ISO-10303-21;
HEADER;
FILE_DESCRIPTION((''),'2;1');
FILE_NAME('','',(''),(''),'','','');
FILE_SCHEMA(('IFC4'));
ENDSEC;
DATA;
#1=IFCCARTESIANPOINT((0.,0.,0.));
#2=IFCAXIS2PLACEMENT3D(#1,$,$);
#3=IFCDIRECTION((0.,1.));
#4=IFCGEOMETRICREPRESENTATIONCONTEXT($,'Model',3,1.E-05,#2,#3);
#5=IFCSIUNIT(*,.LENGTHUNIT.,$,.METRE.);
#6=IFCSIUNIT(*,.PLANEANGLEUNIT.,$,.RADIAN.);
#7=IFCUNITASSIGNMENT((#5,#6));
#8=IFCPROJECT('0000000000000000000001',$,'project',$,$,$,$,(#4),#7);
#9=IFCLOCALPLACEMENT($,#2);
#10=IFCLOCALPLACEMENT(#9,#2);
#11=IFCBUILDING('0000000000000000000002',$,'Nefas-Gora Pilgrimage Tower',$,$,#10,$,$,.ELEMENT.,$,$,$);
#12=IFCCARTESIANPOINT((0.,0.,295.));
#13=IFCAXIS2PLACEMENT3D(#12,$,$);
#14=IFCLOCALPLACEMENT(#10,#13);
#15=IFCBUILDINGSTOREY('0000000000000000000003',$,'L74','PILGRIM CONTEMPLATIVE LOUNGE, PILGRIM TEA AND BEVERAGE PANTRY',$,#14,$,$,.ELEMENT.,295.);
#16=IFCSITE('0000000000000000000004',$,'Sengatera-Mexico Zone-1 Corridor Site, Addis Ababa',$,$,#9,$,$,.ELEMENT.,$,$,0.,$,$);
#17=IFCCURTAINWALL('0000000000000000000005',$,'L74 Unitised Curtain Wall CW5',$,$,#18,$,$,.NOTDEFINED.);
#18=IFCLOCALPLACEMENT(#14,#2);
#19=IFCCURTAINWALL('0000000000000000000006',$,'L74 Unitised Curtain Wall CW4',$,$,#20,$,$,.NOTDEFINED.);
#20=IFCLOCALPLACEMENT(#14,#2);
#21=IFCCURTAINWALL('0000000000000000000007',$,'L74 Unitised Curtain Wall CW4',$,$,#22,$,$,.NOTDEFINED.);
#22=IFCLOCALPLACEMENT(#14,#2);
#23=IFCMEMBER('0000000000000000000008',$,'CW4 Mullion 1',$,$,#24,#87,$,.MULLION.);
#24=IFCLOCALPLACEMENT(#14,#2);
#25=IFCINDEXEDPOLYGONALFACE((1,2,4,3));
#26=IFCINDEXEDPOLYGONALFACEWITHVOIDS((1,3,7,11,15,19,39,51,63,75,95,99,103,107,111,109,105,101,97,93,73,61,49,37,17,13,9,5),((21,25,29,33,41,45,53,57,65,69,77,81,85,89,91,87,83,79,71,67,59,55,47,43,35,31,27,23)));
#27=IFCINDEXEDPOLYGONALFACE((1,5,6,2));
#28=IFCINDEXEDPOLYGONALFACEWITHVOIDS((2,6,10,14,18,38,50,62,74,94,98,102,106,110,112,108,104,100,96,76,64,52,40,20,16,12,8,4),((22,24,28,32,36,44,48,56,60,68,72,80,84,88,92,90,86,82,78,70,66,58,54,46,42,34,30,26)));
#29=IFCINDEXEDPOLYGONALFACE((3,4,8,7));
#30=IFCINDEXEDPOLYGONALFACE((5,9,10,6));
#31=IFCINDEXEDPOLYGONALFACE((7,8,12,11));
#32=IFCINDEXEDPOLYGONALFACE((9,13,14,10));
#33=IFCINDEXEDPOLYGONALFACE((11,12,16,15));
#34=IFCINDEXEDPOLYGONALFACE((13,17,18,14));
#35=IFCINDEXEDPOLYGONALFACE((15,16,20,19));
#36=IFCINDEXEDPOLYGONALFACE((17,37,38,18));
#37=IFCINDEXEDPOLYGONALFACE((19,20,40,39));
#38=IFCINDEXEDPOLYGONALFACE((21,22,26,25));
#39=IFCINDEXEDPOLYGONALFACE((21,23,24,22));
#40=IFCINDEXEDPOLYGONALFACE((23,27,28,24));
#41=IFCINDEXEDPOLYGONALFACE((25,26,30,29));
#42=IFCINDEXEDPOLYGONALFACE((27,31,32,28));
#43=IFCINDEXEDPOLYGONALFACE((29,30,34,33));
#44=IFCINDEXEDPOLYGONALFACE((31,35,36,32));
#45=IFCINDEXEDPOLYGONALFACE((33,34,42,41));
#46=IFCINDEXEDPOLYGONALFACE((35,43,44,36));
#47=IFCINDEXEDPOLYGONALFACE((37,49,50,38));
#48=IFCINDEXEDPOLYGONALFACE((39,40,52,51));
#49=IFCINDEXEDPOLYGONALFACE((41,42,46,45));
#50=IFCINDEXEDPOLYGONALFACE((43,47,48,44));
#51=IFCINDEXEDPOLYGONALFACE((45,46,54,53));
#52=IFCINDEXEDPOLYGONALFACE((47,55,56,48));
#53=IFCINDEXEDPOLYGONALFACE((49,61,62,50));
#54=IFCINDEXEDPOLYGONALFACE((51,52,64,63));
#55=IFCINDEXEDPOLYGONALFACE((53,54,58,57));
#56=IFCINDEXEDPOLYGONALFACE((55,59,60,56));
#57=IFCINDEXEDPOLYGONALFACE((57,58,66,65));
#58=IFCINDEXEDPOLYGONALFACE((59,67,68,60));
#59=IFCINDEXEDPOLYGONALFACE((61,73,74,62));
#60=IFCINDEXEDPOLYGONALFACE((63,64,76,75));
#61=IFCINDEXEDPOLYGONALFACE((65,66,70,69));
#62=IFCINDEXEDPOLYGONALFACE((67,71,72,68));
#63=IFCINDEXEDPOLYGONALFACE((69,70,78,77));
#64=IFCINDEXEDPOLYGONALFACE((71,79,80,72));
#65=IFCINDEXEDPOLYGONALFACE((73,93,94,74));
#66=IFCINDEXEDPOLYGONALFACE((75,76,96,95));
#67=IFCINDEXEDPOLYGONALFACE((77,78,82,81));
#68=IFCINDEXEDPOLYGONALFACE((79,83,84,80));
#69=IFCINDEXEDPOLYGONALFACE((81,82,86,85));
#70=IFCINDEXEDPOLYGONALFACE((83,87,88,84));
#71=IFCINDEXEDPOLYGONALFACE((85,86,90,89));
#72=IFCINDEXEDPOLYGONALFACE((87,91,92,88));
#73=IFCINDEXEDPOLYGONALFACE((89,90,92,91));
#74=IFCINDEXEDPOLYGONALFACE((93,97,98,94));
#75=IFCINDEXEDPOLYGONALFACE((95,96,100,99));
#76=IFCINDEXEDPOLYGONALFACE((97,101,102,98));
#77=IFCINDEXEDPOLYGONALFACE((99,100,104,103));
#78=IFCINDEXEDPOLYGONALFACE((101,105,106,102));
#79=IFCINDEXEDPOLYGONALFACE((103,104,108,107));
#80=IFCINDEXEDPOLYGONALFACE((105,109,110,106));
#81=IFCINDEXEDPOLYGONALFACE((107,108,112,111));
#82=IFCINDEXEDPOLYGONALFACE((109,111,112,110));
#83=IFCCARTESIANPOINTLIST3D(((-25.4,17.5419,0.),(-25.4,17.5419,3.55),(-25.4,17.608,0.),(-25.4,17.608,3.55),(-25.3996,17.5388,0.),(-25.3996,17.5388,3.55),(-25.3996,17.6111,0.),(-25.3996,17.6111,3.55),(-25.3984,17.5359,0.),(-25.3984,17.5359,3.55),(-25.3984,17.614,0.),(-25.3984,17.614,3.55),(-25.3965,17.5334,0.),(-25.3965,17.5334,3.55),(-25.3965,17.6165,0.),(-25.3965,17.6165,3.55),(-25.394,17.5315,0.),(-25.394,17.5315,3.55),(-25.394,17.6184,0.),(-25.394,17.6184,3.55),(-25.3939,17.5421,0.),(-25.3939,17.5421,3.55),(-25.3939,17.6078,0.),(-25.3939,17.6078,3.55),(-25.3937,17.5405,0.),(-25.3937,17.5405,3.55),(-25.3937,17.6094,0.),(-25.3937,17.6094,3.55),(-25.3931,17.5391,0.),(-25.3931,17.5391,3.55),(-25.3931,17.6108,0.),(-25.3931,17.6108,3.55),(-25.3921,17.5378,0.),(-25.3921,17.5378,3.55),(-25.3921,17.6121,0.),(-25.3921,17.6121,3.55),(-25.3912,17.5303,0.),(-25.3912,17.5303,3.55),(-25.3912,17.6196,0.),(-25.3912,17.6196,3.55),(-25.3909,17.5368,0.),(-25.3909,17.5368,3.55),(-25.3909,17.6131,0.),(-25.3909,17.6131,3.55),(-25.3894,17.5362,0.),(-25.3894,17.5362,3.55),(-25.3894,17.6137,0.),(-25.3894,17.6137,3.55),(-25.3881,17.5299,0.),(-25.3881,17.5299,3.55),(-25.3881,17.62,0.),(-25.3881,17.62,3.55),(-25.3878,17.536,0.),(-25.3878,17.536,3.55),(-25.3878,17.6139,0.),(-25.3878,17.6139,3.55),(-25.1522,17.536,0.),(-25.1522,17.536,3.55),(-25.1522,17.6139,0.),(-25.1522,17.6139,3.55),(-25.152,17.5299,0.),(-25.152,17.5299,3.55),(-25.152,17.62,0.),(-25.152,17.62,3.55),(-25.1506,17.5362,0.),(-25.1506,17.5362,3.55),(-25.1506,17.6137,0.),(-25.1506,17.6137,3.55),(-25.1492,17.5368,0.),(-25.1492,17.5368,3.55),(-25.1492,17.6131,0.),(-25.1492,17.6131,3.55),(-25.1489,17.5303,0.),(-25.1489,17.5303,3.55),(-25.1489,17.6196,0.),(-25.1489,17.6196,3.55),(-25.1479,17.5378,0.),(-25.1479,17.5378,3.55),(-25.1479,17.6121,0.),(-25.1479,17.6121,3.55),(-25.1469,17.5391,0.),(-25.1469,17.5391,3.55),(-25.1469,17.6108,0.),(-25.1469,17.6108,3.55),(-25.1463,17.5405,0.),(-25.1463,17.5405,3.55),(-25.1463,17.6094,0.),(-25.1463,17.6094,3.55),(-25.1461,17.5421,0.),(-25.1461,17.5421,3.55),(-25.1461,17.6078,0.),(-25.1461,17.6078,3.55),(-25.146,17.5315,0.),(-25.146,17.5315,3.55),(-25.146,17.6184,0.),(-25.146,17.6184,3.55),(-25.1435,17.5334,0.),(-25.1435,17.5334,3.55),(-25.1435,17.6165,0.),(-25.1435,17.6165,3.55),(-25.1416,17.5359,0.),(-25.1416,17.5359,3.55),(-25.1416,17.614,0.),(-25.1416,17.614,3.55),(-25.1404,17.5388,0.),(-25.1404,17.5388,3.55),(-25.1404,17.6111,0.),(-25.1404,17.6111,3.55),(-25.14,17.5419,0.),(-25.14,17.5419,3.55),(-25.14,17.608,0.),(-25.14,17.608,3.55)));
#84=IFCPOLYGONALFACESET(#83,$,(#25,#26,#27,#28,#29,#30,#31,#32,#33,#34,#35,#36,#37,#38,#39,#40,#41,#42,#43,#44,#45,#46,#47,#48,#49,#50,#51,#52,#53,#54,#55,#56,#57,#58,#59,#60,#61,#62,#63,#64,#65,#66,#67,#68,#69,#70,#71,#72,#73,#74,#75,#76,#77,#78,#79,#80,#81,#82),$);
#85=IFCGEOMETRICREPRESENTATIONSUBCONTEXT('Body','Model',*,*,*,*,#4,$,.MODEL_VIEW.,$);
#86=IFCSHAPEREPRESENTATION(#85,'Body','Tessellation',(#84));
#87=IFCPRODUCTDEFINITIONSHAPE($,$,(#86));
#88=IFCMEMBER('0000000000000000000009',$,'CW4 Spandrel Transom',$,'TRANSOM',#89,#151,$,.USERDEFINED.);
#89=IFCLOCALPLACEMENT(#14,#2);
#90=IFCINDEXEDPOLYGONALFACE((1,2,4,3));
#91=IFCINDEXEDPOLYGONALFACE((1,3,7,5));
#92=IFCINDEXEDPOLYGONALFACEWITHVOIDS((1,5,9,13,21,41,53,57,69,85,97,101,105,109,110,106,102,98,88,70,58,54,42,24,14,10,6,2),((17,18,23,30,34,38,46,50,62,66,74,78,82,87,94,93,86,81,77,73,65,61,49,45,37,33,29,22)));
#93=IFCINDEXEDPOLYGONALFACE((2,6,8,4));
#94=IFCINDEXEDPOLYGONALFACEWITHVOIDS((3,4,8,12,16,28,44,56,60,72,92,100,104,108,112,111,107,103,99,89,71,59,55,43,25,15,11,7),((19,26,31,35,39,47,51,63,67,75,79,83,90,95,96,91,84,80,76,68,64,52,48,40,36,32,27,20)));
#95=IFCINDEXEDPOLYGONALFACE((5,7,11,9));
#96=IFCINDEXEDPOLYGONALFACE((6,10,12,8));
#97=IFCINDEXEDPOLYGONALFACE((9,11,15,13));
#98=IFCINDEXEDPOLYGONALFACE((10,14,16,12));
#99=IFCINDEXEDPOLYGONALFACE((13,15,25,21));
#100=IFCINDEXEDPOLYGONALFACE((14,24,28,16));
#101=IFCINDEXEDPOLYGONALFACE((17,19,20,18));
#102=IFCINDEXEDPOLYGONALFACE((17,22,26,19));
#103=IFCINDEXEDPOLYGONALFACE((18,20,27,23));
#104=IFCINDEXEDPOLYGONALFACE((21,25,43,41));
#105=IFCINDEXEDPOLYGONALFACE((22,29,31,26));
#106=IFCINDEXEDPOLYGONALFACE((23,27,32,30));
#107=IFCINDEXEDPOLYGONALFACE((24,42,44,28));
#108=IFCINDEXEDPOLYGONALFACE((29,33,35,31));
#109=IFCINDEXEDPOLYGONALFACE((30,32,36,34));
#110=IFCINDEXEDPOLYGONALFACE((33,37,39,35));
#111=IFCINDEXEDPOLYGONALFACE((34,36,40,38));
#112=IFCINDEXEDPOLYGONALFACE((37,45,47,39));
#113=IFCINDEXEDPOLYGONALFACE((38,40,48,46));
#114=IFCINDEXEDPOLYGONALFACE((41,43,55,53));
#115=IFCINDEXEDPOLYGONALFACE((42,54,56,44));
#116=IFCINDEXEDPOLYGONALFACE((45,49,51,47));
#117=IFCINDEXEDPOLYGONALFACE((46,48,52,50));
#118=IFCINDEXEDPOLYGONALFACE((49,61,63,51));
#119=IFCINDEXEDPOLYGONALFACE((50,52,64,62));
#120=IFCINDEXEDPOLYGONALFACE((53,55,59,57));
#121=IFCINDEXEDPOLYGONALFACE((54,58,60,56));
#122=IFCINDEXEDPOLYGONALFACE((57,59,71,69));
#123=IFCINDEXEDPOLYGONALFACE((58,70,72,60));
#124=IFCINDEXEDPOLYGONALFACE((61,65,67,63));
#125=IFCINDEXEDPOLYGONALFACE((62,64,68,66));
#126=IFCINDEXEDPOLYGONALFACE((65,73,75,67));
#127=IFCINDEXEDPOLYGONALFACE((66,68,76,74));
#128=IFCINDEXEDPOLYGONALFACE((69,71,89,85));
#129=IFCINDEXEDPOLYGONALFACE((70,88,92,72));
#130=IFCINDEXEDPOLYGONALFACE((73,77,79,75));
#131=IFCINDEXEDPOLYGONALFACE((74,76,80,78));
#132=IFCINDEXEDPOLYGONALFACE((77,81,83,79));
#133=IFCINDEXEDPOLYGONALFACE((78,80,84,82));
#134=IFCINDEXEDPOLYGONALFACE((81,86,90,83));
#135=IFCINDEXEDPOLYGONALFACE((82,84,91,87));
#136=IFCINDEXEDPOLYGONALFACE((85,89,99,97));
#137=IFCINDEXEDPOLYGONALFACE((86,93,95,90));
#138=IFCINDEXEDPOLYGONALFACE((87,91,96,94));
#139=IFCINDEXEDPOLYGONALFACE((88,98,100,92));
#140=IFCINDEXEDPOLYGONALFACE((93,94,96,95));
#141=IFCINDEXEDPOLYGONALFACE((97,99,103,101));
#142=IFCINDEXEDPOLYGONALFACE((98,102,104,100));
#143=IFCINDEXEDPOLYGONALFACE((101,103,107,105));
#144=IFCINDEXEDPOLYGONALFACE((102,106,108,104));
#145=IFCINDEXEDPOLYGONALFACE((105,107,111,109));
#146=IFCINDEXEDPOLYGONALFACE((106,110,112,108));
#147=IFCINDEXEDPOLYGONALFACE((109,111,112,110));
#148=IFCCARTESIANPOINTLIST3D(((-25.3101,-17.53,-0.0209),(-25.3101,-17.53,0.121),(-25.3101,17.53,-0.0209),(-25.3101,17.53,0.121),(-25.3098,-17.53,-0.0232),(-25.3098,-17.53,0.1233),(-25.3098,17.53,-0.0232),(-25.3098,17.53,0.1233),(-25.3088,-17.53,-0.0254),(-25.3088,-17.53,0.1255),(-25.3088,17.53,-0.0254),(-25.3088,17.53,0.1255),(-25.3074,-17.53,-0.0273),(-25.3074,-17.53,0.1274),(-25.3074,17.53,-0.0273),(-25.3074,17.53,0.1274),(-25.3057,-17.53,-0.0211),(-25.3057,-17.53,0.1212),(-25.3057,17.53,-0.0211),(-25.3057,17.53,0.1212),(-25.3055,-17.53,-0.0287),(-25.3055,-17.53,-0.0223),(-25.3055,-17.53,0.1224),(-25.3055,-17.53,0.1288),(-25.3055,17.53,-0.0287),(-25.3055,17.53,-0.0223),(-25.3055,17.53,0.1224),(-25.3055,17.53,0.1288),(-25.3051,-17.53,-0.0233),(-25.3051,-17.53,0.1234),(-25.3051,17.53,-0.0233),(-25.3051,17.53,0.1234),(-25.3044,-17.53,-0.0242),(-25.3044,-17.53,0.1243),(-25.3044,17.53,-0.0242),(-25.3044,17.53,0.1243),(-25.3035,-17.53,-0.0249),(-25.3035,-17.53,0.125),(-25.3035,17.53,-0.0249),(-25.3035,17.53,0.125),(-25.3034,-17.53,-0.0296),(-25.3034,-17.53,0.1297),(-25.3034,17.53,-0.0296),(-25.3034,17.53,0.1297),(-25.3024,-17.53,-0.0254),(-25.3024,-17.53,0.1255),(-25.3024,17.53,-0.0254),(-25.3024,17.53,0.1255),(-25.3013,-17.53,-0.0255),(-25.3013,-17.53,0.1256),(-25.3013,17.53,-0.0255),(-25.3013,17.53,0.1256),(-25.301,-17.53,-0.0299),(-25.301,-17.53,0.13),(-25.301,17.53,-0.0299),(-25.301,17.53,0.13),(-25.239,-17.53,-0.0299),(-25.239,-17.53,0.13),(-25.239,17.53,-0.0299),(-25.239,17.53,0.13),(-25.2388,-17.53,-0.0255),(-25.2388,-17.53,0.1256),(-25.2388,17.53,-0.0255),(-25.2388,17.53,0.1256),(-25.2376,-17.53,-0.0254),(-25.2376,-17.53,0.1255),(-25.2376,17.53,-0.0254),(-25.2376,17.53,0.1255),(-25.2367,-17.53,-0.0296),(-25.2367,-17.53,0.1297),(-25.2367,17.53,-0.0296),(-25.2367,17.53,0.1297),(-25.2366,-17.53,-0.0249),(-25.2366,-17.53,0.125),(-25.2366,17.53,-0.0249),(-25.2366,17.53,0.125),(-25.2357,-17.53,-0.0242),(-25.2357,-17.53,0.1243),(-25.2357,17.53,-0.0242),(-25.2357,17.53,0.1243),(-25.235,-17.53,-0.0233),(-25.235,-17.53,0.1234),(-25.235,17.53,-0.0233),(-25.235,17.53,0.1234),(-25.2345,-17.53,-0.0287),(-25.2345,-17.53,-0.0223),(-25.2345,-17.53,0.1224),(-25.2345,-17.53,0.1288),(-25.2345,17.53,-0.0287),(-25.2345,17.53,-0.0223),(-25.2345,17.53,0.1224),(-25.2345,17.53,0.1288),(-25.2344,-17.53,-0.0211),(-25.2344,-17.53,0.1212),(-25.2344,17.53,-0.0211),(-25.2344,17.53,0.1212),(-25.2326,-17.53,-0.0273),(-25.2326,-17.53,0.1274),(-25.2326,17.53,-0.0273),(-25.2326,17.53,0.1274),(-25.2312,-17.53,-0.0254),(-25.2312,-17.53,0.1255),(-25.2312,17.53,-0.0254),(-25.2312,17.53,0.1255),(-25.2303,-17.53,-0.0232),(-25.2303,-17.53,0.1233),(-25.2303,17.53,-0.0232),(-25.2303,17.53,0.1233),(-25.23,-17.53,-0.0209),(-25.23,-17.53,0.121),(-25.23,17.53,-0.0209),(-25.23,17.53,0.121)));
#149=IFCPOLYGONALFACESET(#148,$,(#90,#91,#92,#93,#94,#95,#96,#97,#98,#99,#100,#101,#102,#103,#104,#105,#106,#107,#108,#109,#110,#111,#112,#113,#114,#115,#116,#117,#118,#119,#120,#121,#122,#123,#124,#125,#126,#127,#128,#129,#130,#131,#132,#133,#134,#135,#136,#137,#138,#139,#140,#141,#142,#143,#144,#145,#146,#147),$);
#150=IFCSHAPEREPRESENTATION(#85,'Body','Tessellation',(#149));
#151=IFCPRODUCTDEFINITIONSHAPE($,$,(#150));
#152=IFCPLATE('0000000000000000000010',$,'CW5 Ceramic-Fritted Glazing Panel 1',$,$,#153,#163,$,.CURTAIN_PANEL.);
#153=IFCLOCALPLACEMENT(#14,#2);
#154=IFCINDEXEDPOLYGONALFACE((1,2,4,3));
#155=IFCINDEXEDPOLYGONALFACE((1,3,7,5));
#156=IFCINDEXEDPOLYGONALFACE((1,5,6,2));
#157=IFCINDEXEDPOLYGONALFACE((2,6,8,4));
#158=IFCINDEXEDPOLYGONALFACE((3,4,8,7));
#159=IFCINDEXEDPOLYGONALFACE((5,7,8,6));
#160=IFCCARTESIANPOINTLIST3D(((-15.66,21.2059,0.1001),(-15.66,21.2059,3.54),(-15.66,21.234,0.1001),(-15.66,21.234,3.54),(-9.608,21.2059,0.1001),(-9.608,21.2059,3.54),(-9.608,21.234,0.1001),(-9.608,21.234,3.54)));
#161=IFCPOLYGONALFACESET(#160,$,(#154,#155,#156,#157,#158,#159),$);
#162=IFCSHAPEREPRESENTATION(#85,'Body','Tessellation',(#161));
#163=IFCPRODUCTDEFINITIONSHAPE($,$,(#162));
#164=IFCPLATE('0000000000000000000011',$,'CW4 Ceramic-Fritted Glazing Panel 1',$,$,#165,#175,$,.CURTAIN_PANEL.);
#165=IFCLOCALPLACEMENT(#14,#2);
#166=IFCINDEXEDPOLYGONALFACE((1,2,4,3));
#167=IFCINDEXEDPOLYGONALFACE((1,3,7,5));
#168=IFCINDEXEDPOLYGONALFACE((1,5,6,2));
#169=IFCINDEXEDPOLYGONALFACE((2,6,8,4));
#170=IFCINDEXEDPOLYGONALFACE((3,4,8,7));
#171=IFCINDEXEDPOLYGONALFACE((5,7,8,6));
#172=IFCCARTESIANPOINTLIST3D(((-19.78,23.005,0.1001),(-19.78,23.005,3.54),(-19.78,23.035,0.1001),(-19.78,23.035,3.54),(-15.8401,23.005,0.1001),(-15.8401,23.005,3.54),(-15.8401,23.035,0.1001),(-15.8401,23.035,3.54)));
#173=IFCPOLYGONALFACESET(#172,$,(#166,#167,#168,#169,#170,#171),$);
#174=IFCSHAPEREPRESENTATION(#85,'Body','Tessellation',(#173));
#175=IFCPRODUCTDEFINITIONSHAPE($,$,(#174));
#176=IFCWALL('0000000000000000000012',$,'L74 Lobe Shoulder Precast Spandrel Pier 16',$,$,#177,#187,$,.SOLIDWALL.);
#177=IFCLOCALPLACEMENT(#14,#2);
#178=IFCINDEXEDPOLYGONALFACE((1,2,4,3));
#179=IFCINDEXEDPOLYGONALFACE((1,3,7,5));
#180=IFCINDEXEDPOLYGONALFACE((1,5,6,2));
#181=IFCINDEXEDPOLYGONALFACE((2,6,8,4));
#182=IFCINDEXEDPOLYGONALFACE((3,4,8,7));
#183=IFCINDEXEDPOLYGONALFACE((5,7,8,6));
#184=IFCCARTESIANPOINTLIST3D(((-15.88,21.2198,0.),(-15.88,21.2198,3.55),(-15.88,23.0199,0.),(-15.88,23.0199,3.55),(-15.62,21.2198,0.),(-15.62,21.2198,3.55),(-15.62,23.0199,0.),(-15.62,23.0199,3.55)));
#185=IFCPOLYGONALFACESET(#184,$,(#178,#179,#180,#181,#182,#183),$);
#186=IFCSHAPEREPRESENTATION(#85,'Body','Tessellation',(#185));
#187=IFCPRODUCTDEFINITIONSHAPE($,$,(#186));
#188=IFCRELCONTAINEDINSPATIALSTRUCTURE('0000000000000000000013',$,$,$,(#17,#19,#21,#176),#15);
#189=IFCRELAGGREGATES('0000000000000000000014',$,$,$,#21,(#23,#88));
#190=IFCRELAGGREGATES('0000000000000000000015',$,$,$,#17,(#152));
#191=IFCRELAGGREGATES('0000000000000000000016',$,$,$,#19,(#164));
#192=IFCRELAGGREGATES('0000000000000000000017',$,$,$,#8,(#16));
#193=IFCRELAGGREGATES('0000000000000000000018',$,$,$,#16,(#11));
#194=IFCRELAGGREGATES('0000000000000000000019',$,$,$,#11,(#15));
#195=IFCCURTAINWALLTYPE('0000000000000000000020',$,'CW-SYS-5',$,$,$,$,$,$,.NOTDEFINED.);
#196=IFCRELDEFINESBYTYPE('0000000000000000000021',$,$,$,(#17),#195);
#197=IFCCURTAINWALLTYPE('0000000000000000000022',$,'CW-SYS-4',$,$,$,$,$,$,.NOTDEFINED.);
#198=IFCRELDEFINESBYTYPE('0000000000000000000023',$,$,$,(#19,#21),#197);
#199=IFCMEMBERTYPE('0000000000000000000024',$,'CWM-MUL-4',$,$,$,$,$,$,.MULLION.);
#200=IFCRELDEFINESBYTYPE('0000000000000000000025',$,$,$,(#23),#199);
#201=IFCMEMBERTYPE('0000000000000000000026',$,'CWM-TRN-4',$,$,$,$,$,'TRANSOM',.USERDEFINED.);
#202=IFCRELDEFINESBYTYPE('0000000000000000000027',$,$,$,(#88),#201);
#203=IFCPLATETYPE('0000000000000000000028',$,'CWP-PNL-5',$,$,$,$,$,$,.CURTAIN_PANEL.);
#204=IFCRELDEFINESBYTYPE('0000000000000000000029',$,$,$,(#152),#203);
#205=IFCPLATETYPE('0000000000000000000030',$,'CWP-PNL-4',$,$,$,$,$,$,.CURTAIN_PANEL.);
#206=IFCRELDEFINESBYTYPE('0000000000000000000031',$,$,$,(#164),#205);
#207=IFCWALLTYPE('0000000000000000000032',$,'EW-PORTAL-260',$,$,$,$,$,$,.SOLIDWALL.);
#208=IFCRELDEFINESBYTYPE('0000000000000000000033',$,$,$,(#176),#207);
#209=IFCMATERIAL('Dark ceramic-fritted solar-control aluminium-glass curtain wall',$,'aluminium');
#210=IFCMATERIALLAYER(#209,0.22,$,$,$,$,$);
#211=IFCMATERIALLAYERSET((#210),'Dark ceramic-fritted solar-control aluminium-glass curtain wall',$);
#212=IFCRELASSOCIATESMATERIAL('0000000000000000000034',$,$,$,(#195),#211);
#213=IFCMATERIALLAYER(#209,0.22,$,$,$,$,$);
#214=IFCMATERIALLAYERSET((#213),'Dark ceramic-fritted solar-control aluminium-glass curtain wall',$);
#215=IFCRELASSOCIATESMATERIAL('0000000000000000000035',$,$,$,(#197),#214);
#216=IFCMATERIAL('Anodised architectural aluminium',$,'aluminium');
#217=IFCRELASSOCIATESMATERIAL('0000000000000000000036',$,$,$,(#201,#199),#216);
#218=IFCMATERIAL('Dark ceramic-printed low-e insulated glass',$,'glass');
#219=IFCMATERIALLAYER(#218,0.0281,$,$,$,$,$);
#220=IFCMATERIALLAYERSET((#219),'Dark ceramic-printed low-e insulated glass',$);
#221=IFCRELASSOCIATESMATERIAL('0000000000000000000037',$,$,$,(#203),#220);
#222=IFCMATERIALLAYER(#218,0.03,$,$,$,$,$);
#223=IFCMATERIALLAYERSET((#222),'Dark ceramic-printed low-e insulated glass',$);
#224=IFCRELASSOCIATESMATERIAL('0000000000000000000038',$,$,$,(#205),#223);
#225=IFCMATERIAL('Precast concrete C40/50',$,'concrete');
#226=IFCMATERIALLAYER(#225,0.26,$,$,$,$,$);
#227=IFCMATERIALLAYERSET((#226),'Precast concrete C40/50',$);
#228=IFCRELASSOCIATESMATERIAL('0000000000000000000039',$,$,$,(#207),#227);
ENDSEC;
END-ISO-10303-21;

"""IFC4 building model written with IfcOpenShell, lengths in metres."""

from ifc_helpers import new_model, si_unit, direction, frame, frame_2d, origin, origin_2d, place, context, subcontext, project, spatial, rectangle, hollow_rectangle, extrude, source, transform, mapped, material, layer, layer_set, material_profile, profile_set, type_object, element, aggregate, save


model = new_model("IFC4")

# Units and contexts
model_context = context("Model", 3, precision=1e-05, world=origin(), true_north=direction((0.0, 1.0)))
body_context = subcontext(model_context, "Body", "Model", "MODEL_VIEW")
ifc_project = project(units=[si_unit("LENGTHUNIT", "METRE"), si_unit("PLANEANGLEUNIT", "RADIAN")], contexts=[model_context])

# Site, building, storey
site_placement = place(None, origin())
site = spatial("IfcSite", under=ifc_project, at=site_placement, Name="Sengatera-Mexico Zone-1 Corridor Site, Addis Ababa", CompositionType="ELEMENT", RefElevation=0.0)
building_placement = place(site_placement, origin())
building = spatial("IfcBuilding", under=site, at=building_placement, Name="Nefas-Gora Pilgrimage Tower", CompositionType="ELEMENT")
storey_placement = place(building_placement, frame((0.0, 0.0, 295.0)))
storey = spatial("IfcBuildingStorey", under=building, at=storey_placement, Name="L74", Description="PILGRIM CONTEMPLATIVE LOUNGE, PILGRIM TEA AND BEVERAGE PANTRY", CompositionType="ELEMENT", Elevation=295.0)

# Curtain wall
ifc_material_1 = material(Name="Dark ceramic-fritted solar-control aluminium-glass curtain wall", Category="aluminium")
ifc_layer_1 = layer(ifc_material_1, 0.22)
ifc_layer_set_1 = layer_set([ifc_layer_1], Name="Dark ceramic-fritted solar-control aluminium-glass curtain wall")
curtain_wall_type_1 = type_object("IfcCurtainWallType", Name="CW-SYS-5", PredefinedType="NOTDEFINED", material=ifc_layer_set_1)
curtain_wall_1_placement = place(storey_placement, origin())
curtain_wall_1 = element("IfcCurtainWall", 1, at=curtain_wall_1_placement, inside=storey, type_object=curtain_wall_type_1, Name="L74 Unitised Curtain Wall CW5", PredefinedType="NOTDEFINED")
ifc_material_2 = material(Name="Anodised architectural aluminium", Category="aluminium")

# Curtain walls, members
ifc_layer_2 = layer(ifc_material_1, 0.22)
ifc_layer_set_2 = layer_set([ifc_layer_2], Name="Dark ceramic-fritted solar-control aluminium-glass curtain wall")
curtain_wall_type_2 = type_object("IfcCurtainWallType", Name="CW-SYS-4", PredefinedType="NOTDEFINED", material=ifc_layer_set_2)
curtain_wall_2_placement = place(storey_placement, origin())
curtain_wall_2 = element("IfcCurtainWall", 2, at=curtain_wall_2_placement, inside=storey, type_object=curtain_wall_type_2, Name="L74 Unitised Curtain Wall CW4", PredefinedType="NOTDEFINED")
ifc_material_profile_1 = material_profile(ifc_material_2, hollow_rectangle(XDim=0.0801, YDim=0.1599, WallThickness=0.0044, InnerFilletRadius=0.0044, OuterFilletRadius=0.009, at=origin_2d()), Name="ALU TRANSOM 80x160")
ifc_profile_set_1 = profile_set([ifc_material_profile_1], Name="Anodised architectural aluminium")
member_type_1 = type_object("IfcMemberType", Name="CWM-TRN-4", ElementType="TRANSOM", PredefinedType="USERDEFINED", material=ifc_profile_set_1)
ifc_material_profile_2 = material_profile(ifc_material_2, hollow_rectangle(XDim=0.0901, YDim=0.26, WallThickness=0.0061, InnerFilletRadius=0.0061, OuterFilletRadius=0.012, at=origin_2d()), Name="ALU MULLION 90x260")
ifc_profile_set_2 = profile_set([ifc_material_profile_2], Name="Anodised architectural aluminium")
member_type_2 = type_object("IfcMemberType", Name="CWM-MUL-4", PredefinedType="MULLION", material=ifc_profile_set_2)
shared_shape_1 = source(origin(), body_context, "Body", "SweptSolid", [
    extrude(hollow_rectangle(XDim=0.0901, YDim=0.26, WallThickness=0.0061, InnerFilletRadius=0.0061, OuterFilletRadius=0.012, at=origin_2d()), origin(), (0.0, 0.0, 1.0), 3.55),
])
curtain_wall_3_placement = place(storey_placement, origin())
curtain_wall_3 = element("IfcCurtainWall", 3, at=curtain_wall_3_placement, inside=storey, type_object=curtain_wall_type_2, Name="L74 Unitised Curtain Wall CW4", PredefinedType="NOTDEFINED")
member_1_placement = place(storey_placement, frame((-25.27, 17.575, 0.0), z_axis=(0.0, 0.0, 1.0), x_axis=(0.0, -1.0, 0.0)))
member_1 = element("IfcMember", 4, at=member_1_placement, type_object=member_type_2, Name="CW4 Mullion 1", PredefinedType="MULLION", context=body_context, shape_type="MappedRepresentation", body=[
    mapped(shared_shape_1, transform((0.0, 0.0, 0.0), x_axis=(1.0, 0.0, 0.0), y_axis=(0.0, 1.0, 0.0), z_axis=(0.0, 0.0, 1.0), scale=1.0)),
])
shared_shape_2 = source(origin(), body_context, "Body", "SweptSolid", [
    extrude(hollow_rectangle(XDim=0.0801, YDim=0.1599, WallThickness=0.0044, InnerFilletRadius=0.0044, OuterFilletRadius=0.009, at=origin_2d()), origin(), (0.0, 0.0, 1.0), 35.0601),
])
member_2_placement = place(storey_placement, frame((-25.27, 17.53, 0.05), z_axis=(0.0, -1.0, 0.0), x_axis=(1.0, 0.0, 0.0)))
member_2 = element("IfcMember", 5, at=member_2_placement, type_object=member_type_1, Name="CW4 Spandrel Transom", ObjectType="TRANSOM", PredefinedType="USERDEFINED", context=body_context, shape_type="MappedRepresentation", body=[
    mapped(shared_shape_2, transform((0.0, 0.0, 0.0), x_axis=(1.0, 0.0, 0.0), y_axis=(0.0, 1.0, 0.0), z_axis=(0.0, 0.0, 1.0), scale=1.0)),
])
aggregate(curtain_wall_3, [member_1, member_2])

# Plates
ifc_material_3 = material(Name="Dark ceramic-printed low-e insulated glass", Category="glass")
ifc_layer_3 = layer(ifc_material_3, 0.0281)
ifc_layer_set_3 = layer_set([ifc_layer_3], Name="Dark ceramic-printed low-e insulated glass")
plate_type_1 = type_object("IfcPlateType", Name="CWP-PNL-5", PredefinedType="CURTAIN_PANEL", material=ifc_layer_set_3)
shared_shape_3 = source(origin(), body_context, "Body", "SweptSolid", [
    extrude(rectangle(XDim=6.052, YDim=0.0281, at=origin_2d()), origin(), (0.0, 0.0, 1.0), 3.4399),
])
plate_1_placement = place(storey_placement, frame((-12.634, 21.22, 0.1001), z_axis=(0.0, 0.0, 1.0), x_axis=(-1.0, 0.0, 0.0)))
plate_1 = element("IfcPlate", 6, at=plate_1_placement, type_object=plate_type_1, Name="CW5 Ceramic-Fritted Glazing Panel 1", PredefinedType="CURTAIN_PANEL", context=body_context, shape_type="MappedRepresentation", body=[
    mapped(shared_shape_3, transform((0.0, 0.0, 0.0), x_axis=(1.0, 0.0, 0.0), y_axis=(0.0, 1.0, 0.0), z_axis=(0.0, 0.0, 1.0), scale=1.0)),
])
aggregate(curtain_wall_1, [plate_1])
ifc_layer_4 = layer(ifc_material_3, 0.03)
ifc_layer_set_4 = layer_set([ifc_layer_4], Name="Dark ceramic-printed low-e insulated glass")
plate_type_2 = type_object("IfcPlateType", Name="CWP-PNL-4", PredefinedType="CURTAIN_PANEL", material=ifc_layer_set_4)
shared_shape_4 = source(origin(), body_context, "Body", "SweptSolid", [
    extrude(rectangle(XDim=3.9399, YDim=0.03, at=origin_2d()), origin(), (0.0, 0.0, 1.0), 3.4399),
])
plate_2_placement = place(storey_placement, frame((-17.8101, 23.02, 0.1001), z_axis=(0.0, 0.0, 1.0), x_axis=(-1.0, 0.0, 0.0)))
plate_2 = element("IfcPlate", 7, at=plate_2_placement, type_object=plate_type_2, Name="CW4 Ceramic-Fritted Glazing Panel 1", PredefinedType="CURTAIN_PANEL", context=body_context, shape_type="MappedRepresentation", body=[
    mapped(shared_shape_4, transform((0.0, 0.0, 0.0), x_axis=(1.0, 0.0, 0.0), y_axis=(0.0, 1.0, 0.0), z_axis=(0.0, 0.0, 1.0), scale=1.0)),
])
aggregate(curtain_wall_2, [plate_2])

# Wall
ifc_material_4 = material(Name="Precast concrete C40/50", Category="concrete")
ifc_layer_5 = layer(ifc_material_4, 0.26)
ifc_layer_set_5 = layer_set([ifc_layer_5], Name="Precast concrete C40/50")
wall_type_1 = type_object("IfcWallType", Name="EW-PORTAL-260", PredefinedType="SOLIDWALL", material=ifc_layer_set_5)
shared_shape_5 = source(origin(), body_context, "Body", "SweptSolid", [
    extrude(rectangle(XDim=1.8, YDim=0.26, at=frame_2d((0.8999, 0.0))), origin(), (0.0, 0.0, 1.0), 3.55),
])
wall_1_placement = place(storey_placement, frame((-15.75, 21.22, 0.0), z_axis=(0.0, 0.0, 1.0), x_axis=(0.0, 1.0, 0.0)))
element("IfcWall", 8, at=wall_1_placement, inside=storey, type_object=wall_type_1, Name="L74 Lobe Shoulder Precast Spandrel Pier 16", PredefinedType="SOLIDWALL", context=body_context, shape_type="MappedRepresentation", body=[
    mapped(shared_shape_5, transform((0.0, 0.0, 0.0), x_axis=(1.0, 0.0, 0.0), y_axis=(0.0, 1.0, 0.0), z_axis=(0.0, 0.0, 1.0), scale=1.0)),
])

save(model, "model.ifc")
